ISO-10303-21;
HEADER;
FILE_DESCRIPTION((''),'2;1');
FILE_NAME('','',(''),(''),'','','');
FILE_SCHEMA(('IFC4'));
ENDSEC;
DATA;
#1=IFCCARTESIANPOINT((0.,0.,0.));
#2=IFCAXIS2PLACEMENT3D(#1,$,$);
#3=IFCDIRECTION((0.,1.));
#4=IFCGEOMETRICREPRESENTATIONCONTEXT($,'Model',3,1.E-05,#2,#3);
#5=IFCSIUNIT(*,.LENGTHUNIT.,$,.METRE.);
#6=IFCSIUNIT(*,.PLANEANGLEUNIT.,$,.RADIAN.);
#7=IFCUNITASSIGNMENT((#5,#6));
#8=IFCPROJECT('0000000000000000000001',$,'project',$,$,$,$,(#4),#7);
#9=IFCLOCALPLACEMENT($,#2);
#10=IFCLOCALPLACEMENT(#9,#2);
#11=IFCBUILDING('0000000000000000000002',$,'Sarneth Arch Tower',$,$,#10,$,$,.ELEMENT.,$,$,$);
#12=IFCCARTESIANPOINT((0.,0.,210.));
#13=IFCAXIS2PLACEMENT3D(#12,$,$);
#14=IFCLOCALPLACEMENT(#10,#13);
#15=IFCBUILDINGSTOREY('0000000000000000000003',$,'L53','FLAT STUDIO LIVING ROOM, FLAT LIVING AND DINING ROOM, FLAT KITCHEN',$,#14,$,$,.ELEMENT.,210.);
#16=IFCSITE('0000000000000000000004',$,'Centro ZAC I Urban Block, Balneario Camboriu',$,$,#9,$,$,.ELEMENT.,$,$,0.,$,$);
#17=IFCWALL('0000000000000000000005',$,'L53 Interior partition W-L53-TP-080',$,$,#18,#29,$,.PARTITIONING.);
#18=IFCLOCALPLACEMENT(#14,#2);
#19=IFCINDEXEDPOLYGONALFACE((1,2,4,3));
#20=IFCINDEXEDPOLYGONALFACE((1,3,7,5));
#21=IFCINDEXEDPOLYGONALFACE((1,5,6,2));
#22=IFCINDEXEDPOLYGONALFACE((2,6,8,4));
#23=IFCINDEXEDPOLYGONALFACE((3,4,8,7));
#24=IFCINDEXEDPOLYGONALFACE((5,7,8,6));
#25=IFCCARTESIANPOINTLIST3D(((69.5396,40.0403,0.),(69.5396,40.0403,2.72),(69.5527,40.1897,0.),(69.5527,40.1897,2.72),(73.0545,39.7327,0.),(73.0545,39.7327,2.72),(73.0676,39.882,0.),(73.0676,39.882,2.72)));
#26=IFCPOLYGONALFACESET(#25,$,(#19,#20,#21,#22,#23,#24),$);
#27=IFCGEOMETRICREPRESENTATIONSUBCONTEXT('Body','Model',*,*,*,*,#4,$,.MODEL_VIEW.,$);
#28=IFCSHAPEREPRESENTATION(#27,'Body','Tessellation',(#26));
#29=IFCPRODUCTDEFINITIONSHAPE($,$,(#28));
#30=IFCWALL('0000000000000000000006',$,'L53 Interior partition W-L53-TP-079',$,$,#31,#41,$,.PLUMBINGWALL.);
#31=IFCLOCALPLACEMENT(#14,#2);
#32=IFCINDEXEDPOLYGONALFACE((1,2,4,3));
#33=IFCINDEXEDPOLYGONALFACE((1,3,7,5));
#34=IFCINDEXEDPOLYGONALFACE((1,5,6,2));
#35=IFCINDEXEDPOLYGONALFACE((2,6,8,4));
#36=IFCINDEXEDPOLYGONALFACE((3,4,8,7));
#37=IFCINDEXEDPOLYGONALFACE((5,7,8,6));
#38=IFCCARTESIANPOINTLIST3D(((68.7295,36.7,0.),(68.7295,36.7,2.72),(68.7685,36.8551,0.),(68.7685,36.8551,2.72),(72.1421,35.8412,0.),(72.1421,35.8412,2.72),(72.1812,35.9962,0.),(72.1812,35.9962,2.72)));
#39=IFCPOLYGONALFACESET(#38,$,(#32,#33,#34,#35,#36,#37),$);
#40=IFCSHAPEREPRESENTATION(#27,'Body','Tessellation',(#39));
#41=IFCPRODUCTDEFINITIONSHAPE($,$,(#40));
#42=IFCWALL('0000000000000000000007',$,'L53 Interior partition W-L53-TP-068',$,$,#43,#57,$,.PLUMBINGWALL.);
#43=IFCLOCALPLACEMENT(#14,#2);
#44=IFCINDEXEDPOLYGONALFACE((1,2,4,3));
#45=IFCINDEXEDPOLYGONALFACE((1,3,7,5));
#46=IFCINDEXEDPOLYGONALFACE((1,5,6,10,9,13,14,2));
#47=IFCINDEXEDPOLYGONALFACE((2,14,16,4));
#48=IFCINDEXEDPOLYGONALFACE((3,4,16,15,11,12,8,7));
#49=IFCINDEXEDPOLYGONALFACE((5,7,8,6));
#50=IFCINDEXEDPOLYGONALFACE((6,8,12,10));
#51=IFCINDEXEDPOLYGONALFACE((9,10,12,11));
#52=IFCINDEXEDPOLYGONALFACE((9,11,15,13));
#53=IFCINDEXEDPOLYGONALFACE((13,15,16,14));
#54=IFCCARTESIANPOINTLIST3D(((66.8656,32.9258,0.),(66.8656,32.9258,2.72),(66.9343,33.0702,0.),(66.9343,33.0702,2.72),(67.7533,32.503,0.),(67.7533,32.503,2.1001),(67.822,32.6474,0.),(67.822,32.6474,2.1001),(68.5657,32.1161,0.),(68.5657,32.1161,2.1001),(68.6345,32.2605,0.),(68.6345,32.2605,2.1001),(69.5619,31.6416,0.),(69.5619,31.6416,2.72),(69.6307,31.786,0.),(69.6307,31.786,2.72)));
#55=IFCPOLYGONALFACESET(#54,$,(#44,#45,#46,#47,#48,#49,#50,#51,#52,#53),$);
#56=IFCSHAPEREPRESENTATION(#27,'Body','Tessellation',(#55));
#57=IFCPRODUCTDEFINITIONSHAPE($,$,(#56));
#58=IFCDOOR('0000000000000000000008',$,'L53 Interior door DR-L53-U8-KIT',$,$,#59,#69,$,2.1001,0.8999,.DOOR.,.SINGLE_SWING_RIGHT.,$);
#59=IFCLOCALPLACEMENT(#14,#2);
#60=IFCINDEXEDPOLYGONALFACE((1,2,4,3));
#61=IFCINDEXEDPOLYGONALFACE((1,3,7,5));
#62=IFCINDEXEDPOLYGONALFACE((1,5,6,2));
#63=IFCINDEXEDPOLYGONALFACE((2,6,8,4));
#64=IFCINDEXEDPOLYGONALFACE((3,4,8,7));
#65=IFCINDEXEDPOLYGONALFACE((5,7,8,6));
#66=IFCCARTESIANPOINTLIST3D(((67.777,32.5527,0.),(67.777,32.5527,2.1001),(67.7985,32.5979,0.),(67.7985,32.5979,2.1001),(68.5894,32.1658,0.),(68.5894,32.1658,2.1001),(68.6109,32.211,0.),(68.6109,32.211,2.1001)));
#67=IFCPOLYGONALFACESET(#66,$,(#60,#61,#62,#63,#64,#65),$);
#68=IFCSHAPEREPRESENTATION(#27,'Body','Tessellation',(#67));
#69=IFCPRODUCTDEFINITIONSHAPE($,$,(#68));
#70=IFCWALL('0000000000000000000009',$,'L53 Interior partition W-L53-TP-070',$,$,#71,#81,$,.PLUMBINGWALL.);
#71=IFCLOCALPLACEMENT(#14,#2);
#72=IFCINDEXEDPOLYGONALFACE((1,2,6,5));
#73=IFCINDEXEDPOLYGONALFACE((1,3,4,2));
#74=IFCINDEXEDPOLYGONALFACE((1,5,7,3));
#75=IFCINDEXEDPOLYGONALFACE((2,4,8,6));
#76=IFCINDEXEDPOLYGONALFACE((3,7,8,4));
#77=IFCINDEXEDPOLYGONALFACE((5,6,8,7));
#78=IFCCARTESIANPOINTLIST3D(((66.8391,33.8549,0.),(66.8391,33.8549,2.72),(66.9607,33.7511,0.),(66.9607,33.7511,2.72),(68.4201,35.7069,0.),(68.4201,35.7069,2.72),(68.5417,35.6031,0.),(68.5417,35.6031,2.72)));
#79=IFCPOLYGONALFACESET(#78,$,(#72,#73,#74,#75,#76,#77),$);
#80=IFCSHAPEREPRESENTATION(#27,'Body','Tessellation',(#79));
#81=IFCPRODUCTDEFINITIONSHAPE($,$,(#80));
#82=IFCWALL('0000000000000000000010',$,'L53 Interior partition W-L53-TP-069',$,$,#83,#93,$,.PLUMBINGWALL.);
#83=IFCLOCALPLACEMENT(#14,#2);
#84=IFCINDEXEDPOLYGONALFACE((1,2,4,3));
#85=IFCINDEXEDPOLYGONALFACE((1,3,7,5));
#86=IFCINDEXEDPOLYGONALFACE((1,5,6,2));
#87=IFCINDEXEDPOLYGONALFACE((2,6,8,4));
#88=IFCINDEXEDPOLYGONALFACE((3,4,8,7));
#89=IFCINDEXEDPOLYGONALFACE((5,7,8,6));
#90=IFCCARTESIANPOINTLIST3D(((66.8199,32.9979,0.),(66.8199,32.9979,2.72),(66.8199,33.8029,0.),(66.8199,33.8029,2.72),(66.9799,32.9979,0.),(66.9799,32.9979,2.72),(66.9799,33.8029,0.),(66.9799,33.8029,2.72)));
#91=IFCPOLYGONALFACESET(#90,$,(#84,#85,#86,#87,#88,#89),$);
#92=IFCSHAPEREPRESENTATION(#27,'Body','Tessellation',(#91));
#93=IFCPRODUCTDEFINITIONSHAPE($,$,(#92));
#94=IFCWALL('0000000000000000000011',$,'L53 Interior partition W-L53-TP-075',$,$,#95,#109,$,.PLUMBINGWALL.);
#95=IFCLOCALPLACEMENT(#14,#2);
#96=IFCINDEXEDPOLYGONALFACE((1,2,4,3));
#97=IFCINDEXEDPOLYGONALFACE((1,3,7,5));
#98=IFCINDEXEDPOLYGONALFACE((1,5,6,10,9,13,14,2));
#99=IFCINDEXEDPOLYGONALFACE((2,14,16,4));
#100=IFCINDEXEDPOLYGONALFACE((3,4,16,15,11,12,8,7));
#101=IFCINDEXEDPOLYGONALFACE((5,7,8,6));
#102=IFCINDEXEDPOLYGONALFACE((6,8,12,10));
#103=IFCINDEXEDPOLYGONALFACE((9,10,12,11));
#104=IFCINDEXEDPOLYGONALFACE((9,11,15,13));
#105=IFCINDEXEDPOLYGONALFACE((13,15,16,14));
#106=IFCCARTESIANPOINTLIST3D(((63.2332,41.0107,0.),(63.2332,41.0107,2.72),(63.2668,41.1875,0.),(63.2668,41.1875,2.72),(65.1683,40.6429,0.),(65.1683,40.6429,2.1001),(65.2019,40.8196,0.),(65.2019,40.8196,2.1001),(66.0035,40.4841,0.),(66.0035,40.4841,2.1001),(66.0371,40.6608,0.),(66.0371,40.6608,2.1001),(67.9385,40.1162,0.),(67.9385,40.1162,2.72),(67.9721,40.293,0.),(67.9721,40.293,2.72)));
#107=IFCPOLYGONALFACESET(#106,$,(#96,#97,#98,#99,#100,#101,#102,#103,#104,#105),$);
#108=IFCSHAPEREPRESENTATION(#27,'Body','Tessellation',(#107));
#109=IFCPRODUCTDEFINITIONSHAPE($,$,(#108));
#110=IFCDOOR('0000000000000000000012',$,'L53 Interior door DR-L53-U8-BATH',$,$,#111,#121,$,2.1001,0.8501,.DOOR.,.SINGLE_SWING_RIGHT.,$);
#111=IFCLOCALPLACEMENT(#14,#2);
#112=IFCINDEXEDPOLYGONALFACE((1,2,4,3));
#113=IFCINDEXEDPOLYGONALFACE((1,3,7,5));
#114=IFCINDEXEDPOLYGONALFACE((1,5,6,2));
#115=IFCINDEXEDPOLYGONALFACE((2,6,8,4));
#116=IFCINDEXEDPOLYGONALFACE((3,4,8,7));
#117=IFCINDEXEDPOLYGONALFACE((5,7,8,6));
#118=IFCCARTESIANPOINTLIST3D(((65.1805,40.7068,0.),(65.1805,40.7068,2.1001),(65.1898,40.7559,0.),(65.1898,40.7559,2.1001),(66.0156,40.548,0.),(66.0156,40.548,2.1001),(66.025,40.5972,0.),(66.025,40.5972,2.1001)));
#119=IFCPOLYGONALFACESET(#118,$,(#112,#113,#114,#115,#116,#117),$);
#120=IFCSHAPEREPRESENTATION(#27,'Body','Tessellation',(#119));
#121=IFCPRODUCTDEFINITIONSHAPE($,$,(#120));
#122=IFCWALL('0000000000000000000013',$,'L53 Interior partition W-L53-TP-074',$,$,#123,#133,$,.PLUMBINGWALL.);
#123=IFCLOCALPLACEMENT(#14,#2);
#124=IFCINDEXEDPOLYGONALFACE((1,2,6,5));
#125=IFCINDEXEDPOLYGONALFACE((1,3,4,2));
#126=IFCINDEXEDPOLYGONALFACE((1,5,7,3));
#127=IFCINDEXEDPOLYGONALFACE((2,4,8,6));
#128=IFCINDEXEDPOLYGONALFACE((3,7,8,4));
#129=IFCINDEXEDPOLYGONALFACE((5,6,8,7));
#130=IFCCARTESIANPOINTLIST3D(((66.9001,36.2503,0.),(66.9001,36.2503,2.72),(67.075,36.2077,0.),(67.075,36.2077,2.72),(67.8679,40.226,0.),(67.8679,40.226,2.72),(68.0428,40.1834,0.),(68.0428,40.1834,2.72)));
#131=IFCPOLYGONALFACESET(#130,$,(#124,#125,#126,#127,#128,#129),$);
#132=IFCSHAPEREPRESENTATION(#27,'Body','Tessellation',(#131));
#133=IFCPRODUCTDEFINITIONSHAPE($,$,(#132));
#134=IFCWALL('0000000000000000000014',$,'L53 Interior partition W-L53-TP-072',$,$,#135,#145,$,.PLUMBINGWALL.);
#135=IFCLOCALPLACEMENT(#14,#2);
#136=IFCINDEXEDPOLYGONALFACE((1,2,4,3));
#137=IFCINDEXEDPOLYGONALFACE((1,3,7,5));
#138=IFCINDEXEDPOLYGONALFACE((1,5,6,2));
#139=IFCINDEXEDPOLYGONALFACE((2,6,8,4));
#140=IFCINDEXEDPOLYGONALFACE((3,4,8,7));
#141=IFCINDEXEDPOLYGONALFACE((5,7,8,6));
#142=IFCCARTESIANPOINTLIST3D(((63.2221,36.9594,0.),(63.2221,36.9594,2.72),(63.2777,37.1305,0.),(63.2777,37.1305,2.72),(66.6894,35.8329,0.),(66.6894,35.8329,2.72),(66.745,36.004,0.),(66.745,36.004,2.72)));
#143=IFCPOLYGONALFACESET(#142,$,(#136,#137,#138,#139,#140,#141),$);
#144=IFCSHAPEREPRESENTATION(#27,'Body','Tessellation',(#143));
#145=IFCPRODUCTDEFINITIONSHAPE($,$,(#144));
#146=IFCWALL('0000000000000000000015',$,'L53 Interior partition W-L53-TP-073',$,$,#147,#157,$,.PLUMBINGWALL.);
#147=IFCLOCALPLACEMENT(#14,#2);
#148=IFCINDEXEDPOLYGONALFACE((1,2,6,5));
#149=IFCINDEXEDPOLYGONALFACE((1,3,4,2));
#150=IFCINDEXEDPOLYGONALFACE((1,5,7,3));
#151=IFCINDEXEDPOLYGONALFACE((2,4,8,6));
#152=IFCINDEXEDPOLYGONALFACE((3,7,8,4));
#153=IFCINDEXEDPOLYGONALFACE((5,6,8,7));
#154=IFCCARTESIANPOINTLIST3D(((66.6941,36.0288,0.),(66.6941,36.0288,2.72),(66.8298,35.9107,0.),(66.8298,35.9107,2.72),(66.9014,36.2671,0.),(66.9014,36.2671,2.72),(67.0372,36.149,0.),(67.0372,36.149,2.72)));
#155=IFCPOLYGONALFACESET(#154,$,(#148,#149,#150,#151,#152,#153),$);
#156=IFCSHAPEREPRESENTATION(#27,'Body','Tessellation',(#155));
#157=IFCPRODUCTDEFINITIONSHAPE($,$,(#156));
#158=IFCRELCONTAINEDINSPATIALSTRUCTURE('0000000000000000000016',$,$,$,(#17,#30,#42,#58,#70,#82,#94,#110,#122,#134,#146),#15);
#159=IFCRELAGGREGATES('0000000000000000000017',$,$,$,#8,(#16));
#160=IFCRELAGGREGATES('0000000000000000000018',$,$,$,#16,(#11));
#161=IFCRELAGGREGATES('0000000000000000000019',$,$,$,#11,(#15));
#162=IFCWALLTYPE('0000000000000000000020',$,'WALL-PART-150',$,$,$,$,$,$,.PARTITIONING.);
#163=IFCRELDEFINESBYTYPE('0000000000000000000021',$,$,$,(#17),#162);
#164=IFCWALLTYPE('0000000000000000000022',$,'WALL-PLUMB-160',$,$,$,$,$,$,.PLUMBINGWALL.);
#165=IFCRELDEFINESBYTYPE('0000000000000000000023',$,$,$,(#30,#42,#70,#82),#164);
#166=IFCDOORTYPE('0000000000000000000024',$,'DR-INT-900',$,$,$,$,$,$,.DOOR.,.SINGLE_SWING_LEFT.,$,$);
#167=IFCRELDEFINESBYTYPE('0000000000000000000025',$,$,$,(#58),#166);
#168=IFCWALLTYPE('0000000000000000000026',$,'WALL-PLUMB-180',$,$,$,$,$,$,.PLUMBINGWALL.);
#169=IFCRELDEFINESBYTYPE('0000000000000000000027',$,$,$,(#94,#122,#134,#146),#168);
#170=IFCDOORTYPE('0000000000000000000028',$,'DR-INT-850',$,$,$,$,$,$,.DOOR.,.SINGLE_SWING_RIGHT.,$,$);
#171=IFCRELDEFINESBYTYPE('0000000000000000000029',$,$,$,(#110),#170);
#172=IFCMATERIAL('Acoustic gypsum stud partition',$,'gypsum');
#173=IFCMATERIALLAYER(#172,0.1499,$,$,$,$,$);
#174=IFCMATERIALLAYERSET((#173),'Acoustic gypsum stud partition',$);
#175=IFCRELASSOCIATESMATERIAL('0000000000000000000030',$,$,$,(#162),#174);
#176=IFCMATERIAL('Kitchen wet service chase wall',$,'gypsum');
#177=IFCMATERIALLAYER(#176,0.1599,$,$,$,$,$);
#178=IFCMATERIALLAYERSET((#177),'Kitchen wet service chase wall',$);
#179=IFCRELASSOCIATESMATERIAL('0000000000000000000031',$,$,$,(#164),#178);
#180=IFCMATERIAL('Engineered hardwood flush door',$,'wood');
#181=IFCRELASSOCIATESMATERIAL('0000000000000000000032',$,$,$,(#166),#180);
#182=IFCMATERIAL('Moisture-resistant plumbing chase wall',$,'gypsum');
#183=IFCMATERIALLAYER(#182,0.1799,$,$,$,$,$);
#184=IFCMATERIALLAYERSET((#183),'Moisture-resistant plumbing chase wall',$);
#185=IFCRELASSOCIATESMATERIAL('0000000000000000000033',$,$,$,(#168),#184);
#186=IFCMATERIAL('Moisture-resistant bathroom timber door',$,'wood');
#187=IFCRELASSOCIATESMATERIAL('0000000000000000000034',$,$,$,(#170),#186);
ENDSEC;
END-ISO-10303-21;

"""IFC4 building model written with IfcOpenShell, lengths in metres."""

from ifc_helpers import new_model, si_unit, direction, frame, frame_2d, origin, place, context, subcontext, project, spatial, rectangle, extrude, material, layer, layer_set, type_object, element, fill, save


model = new_model("IFC4")

# Units and contexts
model_context = context("Model", 3, precision=1e-05, world=origin(), true_north=direction((0.0, 1.0)))
body_context = subcontext(model_context, "Body", "Model", "MODEL_VIEW")
ifc_project = project(units=[si_unit("LENGTHUNIT", "METRE"), si_unit("PLANEANGLEUNIT", "RADIAN")], contexts=[model_context])

# Site, building, storey
site_placement = place(None, origin())
site = spatial("IfcSite", under=ifc_project, at=site_placement, Name="Centro ZAC I Urban Block, Balneario Camboriu", CompositionType="ELEMENT", RefElevation=0.0)
building_placement = place(site_placement, origin())
building = spatial("IfcBuilding", under=site, at=building_placement, Name="Sarneth Arch Tower", CompositionType="ELEMENT")
storey_placement = place(building_placement, frame((0.0, 0.0, 210.0)))
storey = spatial("IfcBuildingStorey", under=building, at=storey_placement, Name="L53", Description="FLAT STUDIO LIVING ROOM, FLAT LIVING AND DINING ROOM, FLAT KITCHEN", CompositionType="ELEMENT", Elevation=210.0)

# Walls
ifc_material_1 = material(Name="Acoustic gypsum stud partition", Category="gypsum")
ifc_layer_1 = layer(ifc_material_1, 0.1499)
ifc_layer_set_1 = layer_set([ifc_layer_1], Name="Acoustic gypsum stud partition")
wall_type_1 = type_object("IfcWallType", Name="WALL-PART-150", PredefinedType="PARTITIONING", material=ifc_layer_set_1)
wall_1_placement = place(storey_placement, frame((73.061, 39.8074, 0.0), z_axis=(0.0, 0.0, 1.0), x_axis=(-0.996192, 0.087185, 0.0)))
element("IfcWall", 1, at=wall_1_placement, inside=storey, type_object=wall_type_1, Name="L53 Interior partition W-L53-TP-080", PredefinedType="PARTITIONING", context=body_context, shape_type="SweptSolid", body=[
    extrude(rectangle(XDim=3.5283, YDim=0.1499, at=frame_2d((1.7642, 0.0))), origin(), (0.0, 0.0, 1.0), 2.72),
])
ifc_material_2 = material(Name="Kitchen wet service chase wall", Category="gypsum")
ifc_layer_2 = layer(ifc_material_2, 0.1599)
ifc_layer_set_2 = layer_set([ifc_layer_2], Name="Kitchen wet service chase wall")
wall_type_2 = type_object("IfcWallType", Name="WALL-PLUMB-160", PredefinedType="PLUMBINGWALL", material=ifc_layer_set_2)
wall_2_placement = place(storey_placement, frame((68.749, 36.7776, 0.0), z_axis=(0.0, 0.0, 1.0), x_axis=(0.969758, -0.24407, 0.0)))
element("IfcWall", 2, at=wall_2_placement, inside=storey, type_object=wall_type_2, Name="L53 Interior partition W-L53-TP-079", PredefinedType="PLUMBINGWALL", context=body_context, shape_type="SweptSolid", body=[
    extrude(rectangle(XDim=3.519, YDim=0.1599, at=frame_2d((1.7595, 0.0))), origin(), (0.0, 0.0, 1.0), 2.72),
])

# Wall, opening, door
wall_3_placement = place(storey_placement, frame((69.5962, 31.7139, 0.0), z_axis=(0.0, 0.0, 1.0), x_axis=(-0.90283, 0.429997, 0.0)))
wall_3 = element("IfcWall", 3, at=wall_3_placement, inside=storey, type_object=wall_type_2, Name="L53 Interior partition W-L53-TP-068", PredefinedType="PLUMBINGWALL", context=body_context, shape_type="SweptSolid", body=[
    extrude(rectangle(XDim=2.9866, YDim=0.1599, at=frame_2d((1.4932, 0.0))), origin(), (0.0, 0.0, 1.0), 2.72),
])
opening_1_placement = place(wall_3_placement, frame((1.1033, 0.0, 0.0)))
opening_1 = element("IfcOpeningElement", 4, at=opening_1_placement, cuts=wall_3, PredefinedType="OPENING", context=body_context, shape_type="SweptSolid", body=[
    extrude(rectangle(XDim=0.8999, YDim=2.1001, at=frame_2d((0.45, 1.05))), frame((0.0, 0.0898, 0.0), z_axis=(0.0, -1.0, 0.0), x_axis=(1.0, 0.0, 0.0)), (0.0, 0.0, 1.0), 0.1799),
])
ifc_material_3 = material(Name="Engineered hardwood flush door", Category="wood")
door_type_1 = type_object("IfcDoorType", Name="DR-INT-900", OperationType="SINGLE_SWING_LEFT", PredefinedType="DOOR", material=ifc_material_3)
door_1_placement = place(opening_1_placement, origin())
door_1 = element("IfcDoor", 5, at=door_1_placement, inside=storey, type_object=door_type_1, Name="L53 Interior door DR-L53-U8-KIT", OperationType="SINGLE_SWING_RIGHT", OverallHeight=2.1001, OverallWidth=0.8999, PredefinedType="DOOR", context=body_context, shape_type="SweptSolid", body=[
    extrude(rectangle(XDim=0.8999, YDim=2.1001, at=frame_2d((0.45, 1.05))), frame((0.0, 0.0249, 0.0), z_axis=(0.0, -1.0, 0.0), x_axis=(1.0, 0.0, 0.0)), (0.0, 0.0, 1.0), 0.05),
])
fill(opening_1, door_1)

# Walls
wall_4_placement = place(storey_placement, frame((66.8999, 33.803, 0.0), z_axis=(0.0, 0.0, 1.0), x_axis=(0.649271, 0.760557, 0.0)))
element("IfcWall", 6, at=wall_4_placement, inside=storey, type_object=wall_type_2, Name="L53 Interior partition W-L53-TP-070", PredefinedType="PLUMBINGWALL", context=body_context, shape_type="SweptSolid", body=[
    extrude(rectangle(XDim=2.4351, YDim=0.1599, at=frame_2d((1.2175, 0.0))), origin(), (0.0, 0.0, 1.0), 2.72),
])
wall_5_placement = place(storey_placement, frame((66.8999, 32.998, 0.0), z_axis=(0.0, 0.0, 1.0), x_axis=(0.0, 1.0, 0.0)))
element("IfcWall", 7, at=wall_5_placement, inside=storey, type_object=wall_type_2, Name="L53 Interior partition W-L53-TP-069", PredefinedType="PLUMBINGWALL", context=body_context, shape_type="SweptSolid", body=[
    extrude(rectangle(XDim=0.8049, YDim=0.1599, at=frame_2d((0.4023, 0.0))), origin(), (0.0, 0.0, 1.0), 2.72),
])

# Wall, opening, door
ifc_material_4 = material(Name="Moisture-resistant plumbing chase wall", Category="gypsum")
ifc_layer_3 = layer(ifc_material_4, 0.1799)
ifc_layer_set_3 = layer_set([ifc_layer_3], Name="Moisture-resistant plumbing chase wall")
wall_type_3 = type_object("IfcWallType", Name="WALL-PLUMB-180", PredefinedType="PLUMBINGWALL", material=ifc_layer_set_3)
wall_6_placement = place(storey_placement, frame((67.9553, 40.2046, 0.0), z_axis=(0.0, 0.0, 1.0), x_axis=(-0.982405, 0.186765, 0.0)))
wall_6 = element("IfcWall", 8, at=wall_6_placement, inside=storey, type_object=wall_type_3, Name="L53 Interior partition W-L53-TP-075", PredefinedType="PLUMBINGWALL", context=body_context, shape_type="SweptSolid", body=[
    extrude(rectangle(XDim=4.7896, YDim=0.1799, at=frame_2d((2.3948, 0.0))), origin(), (0.0, 0.0, 1.0), 2.72),
])
opening_2_placement = place(wall_6_placement, frame((1.9697, 0.0, 0.0)))
opening_2 = element("IfcOpeningElement", 9, at=opening_2_placement, cuts=wall_6, PredefinedType="OPENING", context=body_context, shape_type="SweptSolid", body=[
    extrude(rectangle(XDim=0.8501, YDim=2.1001, at=frame_2d((0.425, 1.05))), frame((0.0, 0.0999, 0.0), z_axis=(0.0, -1.0, 0.0), x_axis=(1.0, 0.0, 0.0)), (0.0, 0.0, 1.0), 0.2),
])
ifc_material_5 = material(Name="Moisture-resistant bathroom timber door", Category="wood")
door_type_2 = type_object("IfcDoorType", Name="DR-INT-850", OperationType="SINGLE_SWING_RIGHT", PredefinedType="DOOR", material=ifc_material_5)
door_2_placement = place(opening_2_placement, origin())
door_2 = element("IfcDoor", 10, at=door_2_placement, inside=storey, type_object=door_type_2, Name="L53 Interior door DR-L53-U8-BATH", OperationType="SINGLE_SWING_RIGHT", OverallHeight=2.1001, OverallWidth=0.8501, PredefinedType="DOOR", context=body_context, shape_type="SweptSolid", body=[
    extrude(rectangle(XDim=0.8501, YDim=2.1001, at=frame_2d((0.425, 1.05))), frame((0.0, 0.0249, 0.0), z_axis=(0.0, -1.0, 0.0), x_axis=(1.0, 0.0, 0.0)), (0.0, 0.0, 1.0), 0.05),
])
fill(opening_2, door_2)

# Walls
wall_7_placement = place(storey_placement, frame((66.9875, 36.229, 0.0), z_axis=(0.0, 0.0, 1.0), x_axis=(0.236522, 0.971626, 0.0)))
element("IfcWall", 11, at=wall_7_placement, inside=storey, type_object=wall_type_3, Name="L53 Interior partition W-L53-TP-074", PredefinedType="PLUMBINGWALL", context=body_context, shape_type="SweptSolid", body=[
    extrude(rectangle(XDim=4.0918, YDim=0.1799, at=frame_2d((2.0459, 0.0))), origin(), (0.0, 0.0, 1.0), 2.72),
])
wall_8_placement = place(storey_placement, frame((63.25, 37.0449, 0.0), z_axis=(0.0, 0.0, 1.0), x_axis=(0.951067, -0.308986, 0.0)))
element("IfcWall", 12, at=wall_8_placement, inside=storey, type_object=wall_type_3, Name="L53 Interior partition W-L53-TP-072", PredefinedType="PLUMBINGWALL", context=body_context, shape_type="SweptSolid", body=[
    extrude(rectangle(XDim=3.6458, YDim=0.1799, at=frame_2d((1.8228, 0.0))), origin(), (0.0, 0.0, 1.0), 2.72),
])
wall_9_placement = place(storey_placement, frame((66.762, 35.9697, 0.0), z_axis=(0.0, 0.0, 1.0), x_axis=(0.656313, 0.754489, 0.0)))
element("IfcWall", 13, at=wall_9_placement, inside=storey, type_object=wall_type_3, Name="L53 Interior partition W-L53-TP-073", PredefinedType="PLUMBINGWALL", context=body_context, shape_type="SweptSolid", body=[
    extrude(rectangle(XDim=0.3159, YDim=0.1799, at=frame_2d((0.158, 0.0))), origin(), (0.0, 0.0, 1.0), 2.72),
])

save(model, "model.ifc")
